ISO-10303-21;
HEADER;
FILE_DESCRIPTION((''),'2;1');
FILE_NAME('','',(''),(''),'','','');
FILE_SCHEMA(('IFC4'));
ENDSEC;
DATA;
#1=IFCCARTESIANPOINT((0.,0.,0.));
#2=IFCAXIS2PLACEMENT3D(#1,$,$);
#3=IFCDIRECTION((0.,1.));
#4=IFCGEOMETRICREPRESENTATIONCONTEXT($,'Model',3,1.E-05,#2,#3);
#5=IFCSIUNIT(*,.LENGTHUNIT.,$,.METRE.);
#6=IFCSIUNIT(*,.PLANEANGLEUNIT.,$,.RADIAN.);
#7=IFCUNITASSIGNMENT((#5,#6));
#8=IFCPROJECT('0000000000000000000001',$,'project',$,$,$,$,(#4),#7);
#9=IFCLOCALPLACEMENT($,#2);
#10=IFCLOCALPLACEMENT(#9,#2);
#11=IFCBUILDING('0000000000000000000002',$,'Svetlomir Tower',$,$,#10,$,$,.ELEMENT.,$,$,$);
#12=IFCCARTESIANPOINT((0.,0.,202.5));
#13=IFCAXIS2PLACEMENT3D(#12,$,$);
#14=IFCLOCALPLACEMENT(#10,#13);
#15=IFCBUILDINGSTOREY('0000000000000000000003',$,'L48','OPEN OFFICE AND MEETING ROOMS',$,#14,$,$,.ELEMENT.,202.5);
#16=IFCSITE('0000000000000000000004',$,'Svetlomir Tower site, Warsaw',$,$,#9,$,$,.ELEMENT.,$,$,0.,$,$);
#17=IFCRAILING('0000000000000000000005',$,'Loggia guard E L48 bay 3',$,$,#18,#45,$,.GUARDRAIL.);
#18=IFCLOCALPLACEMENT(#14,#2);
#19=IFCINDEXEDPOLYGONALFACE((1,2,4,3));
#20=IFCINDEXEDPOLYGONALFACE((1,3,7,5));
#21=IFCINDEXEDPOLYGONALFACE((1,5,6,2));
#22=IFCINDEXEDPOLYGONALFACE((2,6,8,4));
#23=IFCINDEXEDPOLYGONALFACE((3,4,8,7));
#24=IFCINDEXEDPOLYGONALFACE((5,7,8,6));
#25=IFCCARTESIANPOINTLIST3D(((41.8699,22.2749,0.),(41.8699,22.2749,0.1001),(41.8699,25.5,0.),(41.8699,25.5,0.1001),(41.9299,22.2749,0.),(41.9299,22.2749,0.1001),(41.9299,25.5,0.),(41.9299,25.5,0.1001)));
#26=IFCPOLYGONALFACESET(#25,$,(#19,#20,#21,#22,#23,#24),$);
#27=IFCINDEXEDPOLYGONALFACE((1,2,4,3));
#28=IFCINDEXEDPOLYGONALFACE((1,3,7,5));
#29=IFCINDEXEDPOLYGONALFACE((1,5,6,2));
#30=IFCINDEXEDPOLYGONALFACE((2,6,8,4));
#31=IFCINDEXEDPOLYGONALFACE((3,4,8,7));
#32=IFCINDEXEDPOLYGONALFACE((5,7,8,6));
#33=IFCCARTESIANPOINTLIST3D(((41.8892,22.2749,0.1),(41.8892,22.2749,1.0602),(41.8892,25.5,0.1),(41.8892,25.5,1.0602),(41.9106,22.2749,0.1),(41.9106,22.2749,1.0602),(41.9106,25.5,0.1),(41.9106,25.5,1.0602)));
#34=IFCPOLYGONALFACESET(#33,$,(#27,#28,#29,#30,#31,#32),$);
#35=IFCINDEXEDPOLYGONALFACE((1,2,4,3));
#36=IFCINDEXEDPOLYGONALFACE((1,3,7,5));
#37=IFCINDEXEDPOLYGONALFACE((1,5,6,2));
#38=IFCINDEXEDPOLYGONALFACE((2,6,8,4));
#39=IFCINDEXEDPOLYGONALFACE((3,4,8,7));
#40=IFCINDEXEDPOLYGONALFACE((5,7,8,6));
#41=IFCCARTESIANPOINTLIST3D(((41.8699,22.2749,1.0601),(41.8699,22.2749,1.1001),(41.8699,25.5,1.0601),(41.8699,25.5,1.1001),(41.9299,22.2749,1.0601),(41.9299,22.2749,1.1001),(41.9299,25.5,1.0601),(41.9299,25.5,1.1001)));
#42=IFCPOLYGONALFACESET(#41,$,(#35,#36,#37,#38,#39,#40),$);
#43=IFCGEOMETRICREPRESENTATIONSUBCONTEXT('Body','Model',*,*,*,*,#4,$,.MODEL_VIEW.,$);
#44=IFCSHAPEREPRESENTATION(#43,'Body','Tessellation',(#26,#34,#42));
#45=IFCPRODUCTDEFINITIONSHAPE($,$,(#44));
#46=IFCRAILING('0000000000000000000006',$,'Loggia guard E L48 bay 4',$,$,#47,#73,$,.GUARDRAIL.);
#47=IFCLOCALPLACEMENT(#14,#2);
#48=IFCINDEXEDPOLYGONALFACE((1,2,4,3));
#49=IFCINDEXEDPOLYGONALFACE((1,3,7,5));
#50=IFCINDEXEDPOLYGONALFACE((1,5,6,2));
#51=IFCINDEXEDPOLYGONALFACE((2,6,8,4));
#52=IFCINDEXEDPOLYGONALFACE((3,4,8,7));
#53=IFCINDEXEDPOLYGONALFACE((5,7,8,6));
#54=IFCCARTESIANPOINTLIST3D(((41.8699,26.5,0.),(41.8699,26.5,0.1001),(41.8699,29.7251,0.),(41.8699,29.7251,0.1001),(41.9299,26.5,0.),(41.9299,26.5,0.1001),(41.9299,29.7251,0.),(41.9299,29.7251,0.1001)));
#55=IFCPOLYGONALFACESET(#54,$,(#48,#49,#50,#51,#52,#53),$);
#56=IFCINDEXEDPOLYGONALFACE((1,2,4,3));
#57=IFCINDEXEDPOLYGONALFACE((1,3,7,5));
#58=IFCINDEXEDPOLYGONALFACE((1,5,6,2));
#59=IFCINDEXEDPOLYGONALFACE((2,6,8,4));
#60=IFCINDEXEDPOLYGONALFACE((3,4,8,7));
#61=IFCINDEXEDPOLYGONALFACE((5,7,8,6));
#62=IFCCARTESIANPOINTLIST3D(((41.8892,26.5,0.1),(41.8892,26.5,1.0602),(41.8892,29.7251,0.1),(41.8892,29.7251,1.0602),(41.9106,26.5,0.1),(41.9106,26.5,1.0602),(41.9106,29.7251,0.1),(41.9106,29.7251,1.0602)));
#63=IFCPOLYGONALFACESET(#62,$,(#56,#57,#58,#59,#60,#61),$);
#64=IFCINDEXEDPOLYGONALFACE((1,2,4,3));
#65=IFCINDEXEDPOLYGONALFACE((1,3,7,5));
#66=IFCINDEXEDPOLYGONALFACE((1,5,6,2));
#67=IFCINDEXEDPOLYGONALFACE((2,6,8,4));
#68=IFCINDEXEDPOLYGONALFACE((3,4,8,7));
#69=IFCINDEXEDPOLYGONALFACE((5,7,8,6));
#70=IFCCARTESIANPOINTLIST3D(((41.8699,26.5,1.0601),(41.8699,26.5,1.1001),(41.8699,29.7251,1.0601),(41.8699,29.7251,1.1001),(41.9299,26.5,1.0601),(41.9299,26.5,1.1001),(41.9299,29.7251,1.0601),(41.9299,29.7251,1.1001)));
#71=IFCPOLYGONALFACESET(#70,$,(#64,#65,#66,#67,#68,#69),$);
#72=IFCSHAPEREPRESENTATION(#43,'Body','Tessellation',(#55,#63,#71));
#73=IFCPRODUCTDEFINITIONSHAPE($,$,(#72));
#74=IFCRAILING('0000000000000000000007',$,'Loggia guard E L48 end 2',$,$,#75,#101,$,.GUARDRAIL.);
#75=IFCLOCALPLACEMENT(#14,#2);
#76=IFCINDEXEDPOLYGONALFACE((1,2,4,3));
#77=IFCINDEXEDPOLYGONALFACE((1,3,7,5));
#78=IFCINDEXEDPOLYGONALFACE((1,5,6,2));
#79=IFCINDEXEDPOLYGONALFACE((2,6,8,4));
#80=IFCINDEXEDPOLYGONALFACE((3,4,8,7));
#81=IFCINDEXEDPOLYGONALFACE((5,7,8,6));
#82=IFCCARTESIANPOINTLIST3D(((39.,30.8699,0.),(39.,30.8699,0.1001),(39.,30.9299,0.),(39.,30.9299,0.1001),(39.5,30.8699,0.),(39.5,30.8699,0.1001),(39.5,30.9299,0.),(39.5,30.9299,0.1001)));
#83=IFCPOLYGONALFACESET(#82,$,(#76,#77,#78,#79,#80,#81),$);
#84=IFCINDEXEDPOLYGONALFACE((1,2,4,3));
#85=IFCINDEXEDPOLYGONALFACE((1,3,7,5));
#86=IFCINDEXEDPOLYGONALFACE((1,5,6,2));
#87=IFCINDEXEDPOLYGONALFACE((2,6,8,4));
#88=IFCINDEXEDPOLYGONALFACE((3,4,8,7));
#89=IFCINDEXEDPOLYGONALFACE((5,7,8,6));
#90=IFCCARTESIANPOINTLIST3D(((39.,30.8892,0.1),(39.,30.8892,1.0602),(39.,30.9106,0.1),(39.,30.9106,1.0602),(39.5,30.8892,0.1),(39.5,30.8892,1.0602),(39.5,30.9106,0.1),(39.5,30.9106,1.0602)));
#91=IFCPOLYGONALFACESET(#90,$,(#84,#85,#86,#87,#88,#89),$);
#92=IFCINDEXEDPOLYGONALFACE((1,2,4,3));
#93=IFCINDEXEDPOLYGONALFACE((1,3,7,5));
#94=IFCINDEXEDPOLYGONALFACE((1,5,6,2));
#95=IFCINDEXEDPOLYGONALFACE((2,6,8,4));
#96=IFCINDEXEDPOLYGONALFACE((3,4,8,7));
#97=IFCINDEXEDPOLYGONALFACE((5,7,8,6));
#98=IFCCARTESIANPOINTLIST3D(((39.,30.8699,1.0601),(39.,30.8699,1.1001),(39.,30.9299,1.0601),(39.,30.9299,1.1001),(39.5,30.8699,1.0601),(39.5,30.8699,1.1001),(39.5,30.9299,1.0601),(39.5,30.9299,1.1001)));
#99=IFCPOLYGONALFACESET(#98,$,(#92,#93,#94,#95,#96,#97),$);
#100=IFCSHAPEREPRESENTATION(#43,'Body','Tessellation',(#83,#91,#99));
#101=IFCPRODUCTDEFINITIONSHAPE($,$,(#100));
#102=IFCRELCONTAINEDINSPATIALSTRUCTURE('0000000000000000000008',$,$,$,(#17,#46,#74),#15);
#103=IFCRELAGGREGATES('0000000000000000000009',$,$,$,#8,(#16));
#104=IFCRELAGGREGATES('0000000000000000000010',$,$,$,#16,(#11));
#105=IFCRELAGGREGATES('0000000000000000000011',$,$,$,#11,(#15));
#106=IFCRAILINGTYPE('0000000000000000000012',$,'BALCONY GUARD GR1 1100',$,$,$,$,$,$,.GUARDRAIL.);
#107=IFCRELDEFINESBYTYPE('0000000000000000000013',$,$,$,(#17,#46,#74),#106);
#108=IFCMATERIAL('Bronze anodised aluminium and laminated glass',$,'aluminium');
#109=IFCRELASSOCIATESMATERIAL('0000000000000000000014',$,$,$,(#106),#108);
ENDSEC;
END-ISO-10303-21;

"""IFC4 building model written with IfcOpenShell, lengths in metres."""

from ifc_helpers import new_model, si_unit, direction, frame, origin, origin_2d, place, context, subcontext, project, spatial, rectangle, extrude, material, type_object, element, save


model = new_model("IFC4")

# Units and contexts
model_context = context("Model", 3, precision=1e-05, world=origin(), true_north=direction((0.0, 1.0)))
body_context = subcontext(model_context, "Body", "Model", "MODEL_VIEW")
ifc_project = project(units=[si_unit("LENGTHUNIT", "METRE"), si_unit("PLANEANGLEUNIT", "RADIAN")], contexts=[model_context])

# Site, building, storey
site_placement = place(None, origin())
site = spatial("IfcSite", under=ifc_project, at=site_placement, Name="Svetlomir Tower site, Warsaw", CompositionType="ELEMENT", RefElevation=0.0)
building_placement = place(site_placement, origin())
building = spatial("IfcBuilding", under=site, at=building_placement, Name="Svetlomir Tower", CompositionType="ELEMENT")
storey_placement = place(building_placement, frame((0.0, 0.0, 202.5)))
storey = spatial("IfcBuildingStorey", under=building, at=storey_placement, Name="L48", Description="OPEN OFFICE AND MEETING ROOMS", CompositionType="ELEMENT", Elevation=202.5)

# Railings
ifc_material_1 = material(Name="Bronze anodised aluminium and laminated glass", Category="aluminium")
railing_type = type_object("IfcRailingType", Name="BALCONY GUARD GR1 1100", PredefinedType="GUARDRAIL", material=ifc_material_1)
for number, where, name in (
    (1, (41.8999, 22.2749, 0.0), "Loggia guard E L48 bay 3"),
    (2, (41.8999, 26.5, 0.0), "Loggia guard E L48 bay 4"),
):
    element("IfcRailing", number, at=place(storey_placement, frame(where)), inside=storey, type_object=railing_type, Name=name, PredefinedType="GUARDRAIL", context=body_context, shape_type="SweptSolid", body=[
        extrude(rectangle(XDim=0.0601, YDim=0.1001, at=origin_2d()), frame((0.0, 0.0, 0.05), z_axis=(0.0, 1.0, 0.0), x_axis=(-1.0, 0.0, 0.0)), (0.0, 0.0, 1.0), 3.2251),
        extrude(rectangle(XDim=0.0215, YDim=0.9602, at=origin_2d()), frame((0.0, 0.0, 0.5801), z_axis=(0.0, 1.0, 0.0), x_axis=(-1.0, 0.0, 0.0)), (0.0, 0.0, 1.0), 3.2251),
        extrude(rectangle(XDim=0.0601, YDim=0.04, at=origin_2d()), frame((0.0, 0.0, 1.0801), z_axis=(0.0, 1.0, 0.0), x_axis=(-1.0, 0.0, 0.0)), (0.0, 0.0, 1.0), 3.2251),
    ])
railing_placement = place(storey_placement, frame((39.5, 30.8999, 0.0)))
element("IfcRailing", 3, at=railing_placement, inside=storey, type_object=railing_type, Name="Loggia guard E L48 end 2", PredefinedType="GUARDRAIL", context=body_context, shape_type="SweptSolid", body=[
    extrude(rectangle(XDim=0.0601, YDim=0.1001, at=origin_2d()), frame((0.0, 0.0, 0.05), z_axis=(-1.0, 0.0, 0.0), x_axis=(0.0, -1.0, 0.0)), (0.0, 0.0, 1.0), 0.5),
    extrude(rectangle(XDim=0.0215, YDim=0.9602, at=origin_2d()), frame((0.0, 0.0, 0.5801), z_axis=(-1.0, 0.0, 0.0), x_axis=(0.0, -1.0, 0.0)), (0.0, 0.0, 1.0), 0.5),
    extrude(rectangle(XDim=0.0601, YDim=0.04, at=origin_2d()), frame((0.0, 0.0, 1.0801), z_axis=(-1.0, 0.0, 0.0), x_axis=(0.0, -1.0, 0.0)), (0.0, 0.0, 1.0), 0.5),
])

save(model, "model.ifc")
